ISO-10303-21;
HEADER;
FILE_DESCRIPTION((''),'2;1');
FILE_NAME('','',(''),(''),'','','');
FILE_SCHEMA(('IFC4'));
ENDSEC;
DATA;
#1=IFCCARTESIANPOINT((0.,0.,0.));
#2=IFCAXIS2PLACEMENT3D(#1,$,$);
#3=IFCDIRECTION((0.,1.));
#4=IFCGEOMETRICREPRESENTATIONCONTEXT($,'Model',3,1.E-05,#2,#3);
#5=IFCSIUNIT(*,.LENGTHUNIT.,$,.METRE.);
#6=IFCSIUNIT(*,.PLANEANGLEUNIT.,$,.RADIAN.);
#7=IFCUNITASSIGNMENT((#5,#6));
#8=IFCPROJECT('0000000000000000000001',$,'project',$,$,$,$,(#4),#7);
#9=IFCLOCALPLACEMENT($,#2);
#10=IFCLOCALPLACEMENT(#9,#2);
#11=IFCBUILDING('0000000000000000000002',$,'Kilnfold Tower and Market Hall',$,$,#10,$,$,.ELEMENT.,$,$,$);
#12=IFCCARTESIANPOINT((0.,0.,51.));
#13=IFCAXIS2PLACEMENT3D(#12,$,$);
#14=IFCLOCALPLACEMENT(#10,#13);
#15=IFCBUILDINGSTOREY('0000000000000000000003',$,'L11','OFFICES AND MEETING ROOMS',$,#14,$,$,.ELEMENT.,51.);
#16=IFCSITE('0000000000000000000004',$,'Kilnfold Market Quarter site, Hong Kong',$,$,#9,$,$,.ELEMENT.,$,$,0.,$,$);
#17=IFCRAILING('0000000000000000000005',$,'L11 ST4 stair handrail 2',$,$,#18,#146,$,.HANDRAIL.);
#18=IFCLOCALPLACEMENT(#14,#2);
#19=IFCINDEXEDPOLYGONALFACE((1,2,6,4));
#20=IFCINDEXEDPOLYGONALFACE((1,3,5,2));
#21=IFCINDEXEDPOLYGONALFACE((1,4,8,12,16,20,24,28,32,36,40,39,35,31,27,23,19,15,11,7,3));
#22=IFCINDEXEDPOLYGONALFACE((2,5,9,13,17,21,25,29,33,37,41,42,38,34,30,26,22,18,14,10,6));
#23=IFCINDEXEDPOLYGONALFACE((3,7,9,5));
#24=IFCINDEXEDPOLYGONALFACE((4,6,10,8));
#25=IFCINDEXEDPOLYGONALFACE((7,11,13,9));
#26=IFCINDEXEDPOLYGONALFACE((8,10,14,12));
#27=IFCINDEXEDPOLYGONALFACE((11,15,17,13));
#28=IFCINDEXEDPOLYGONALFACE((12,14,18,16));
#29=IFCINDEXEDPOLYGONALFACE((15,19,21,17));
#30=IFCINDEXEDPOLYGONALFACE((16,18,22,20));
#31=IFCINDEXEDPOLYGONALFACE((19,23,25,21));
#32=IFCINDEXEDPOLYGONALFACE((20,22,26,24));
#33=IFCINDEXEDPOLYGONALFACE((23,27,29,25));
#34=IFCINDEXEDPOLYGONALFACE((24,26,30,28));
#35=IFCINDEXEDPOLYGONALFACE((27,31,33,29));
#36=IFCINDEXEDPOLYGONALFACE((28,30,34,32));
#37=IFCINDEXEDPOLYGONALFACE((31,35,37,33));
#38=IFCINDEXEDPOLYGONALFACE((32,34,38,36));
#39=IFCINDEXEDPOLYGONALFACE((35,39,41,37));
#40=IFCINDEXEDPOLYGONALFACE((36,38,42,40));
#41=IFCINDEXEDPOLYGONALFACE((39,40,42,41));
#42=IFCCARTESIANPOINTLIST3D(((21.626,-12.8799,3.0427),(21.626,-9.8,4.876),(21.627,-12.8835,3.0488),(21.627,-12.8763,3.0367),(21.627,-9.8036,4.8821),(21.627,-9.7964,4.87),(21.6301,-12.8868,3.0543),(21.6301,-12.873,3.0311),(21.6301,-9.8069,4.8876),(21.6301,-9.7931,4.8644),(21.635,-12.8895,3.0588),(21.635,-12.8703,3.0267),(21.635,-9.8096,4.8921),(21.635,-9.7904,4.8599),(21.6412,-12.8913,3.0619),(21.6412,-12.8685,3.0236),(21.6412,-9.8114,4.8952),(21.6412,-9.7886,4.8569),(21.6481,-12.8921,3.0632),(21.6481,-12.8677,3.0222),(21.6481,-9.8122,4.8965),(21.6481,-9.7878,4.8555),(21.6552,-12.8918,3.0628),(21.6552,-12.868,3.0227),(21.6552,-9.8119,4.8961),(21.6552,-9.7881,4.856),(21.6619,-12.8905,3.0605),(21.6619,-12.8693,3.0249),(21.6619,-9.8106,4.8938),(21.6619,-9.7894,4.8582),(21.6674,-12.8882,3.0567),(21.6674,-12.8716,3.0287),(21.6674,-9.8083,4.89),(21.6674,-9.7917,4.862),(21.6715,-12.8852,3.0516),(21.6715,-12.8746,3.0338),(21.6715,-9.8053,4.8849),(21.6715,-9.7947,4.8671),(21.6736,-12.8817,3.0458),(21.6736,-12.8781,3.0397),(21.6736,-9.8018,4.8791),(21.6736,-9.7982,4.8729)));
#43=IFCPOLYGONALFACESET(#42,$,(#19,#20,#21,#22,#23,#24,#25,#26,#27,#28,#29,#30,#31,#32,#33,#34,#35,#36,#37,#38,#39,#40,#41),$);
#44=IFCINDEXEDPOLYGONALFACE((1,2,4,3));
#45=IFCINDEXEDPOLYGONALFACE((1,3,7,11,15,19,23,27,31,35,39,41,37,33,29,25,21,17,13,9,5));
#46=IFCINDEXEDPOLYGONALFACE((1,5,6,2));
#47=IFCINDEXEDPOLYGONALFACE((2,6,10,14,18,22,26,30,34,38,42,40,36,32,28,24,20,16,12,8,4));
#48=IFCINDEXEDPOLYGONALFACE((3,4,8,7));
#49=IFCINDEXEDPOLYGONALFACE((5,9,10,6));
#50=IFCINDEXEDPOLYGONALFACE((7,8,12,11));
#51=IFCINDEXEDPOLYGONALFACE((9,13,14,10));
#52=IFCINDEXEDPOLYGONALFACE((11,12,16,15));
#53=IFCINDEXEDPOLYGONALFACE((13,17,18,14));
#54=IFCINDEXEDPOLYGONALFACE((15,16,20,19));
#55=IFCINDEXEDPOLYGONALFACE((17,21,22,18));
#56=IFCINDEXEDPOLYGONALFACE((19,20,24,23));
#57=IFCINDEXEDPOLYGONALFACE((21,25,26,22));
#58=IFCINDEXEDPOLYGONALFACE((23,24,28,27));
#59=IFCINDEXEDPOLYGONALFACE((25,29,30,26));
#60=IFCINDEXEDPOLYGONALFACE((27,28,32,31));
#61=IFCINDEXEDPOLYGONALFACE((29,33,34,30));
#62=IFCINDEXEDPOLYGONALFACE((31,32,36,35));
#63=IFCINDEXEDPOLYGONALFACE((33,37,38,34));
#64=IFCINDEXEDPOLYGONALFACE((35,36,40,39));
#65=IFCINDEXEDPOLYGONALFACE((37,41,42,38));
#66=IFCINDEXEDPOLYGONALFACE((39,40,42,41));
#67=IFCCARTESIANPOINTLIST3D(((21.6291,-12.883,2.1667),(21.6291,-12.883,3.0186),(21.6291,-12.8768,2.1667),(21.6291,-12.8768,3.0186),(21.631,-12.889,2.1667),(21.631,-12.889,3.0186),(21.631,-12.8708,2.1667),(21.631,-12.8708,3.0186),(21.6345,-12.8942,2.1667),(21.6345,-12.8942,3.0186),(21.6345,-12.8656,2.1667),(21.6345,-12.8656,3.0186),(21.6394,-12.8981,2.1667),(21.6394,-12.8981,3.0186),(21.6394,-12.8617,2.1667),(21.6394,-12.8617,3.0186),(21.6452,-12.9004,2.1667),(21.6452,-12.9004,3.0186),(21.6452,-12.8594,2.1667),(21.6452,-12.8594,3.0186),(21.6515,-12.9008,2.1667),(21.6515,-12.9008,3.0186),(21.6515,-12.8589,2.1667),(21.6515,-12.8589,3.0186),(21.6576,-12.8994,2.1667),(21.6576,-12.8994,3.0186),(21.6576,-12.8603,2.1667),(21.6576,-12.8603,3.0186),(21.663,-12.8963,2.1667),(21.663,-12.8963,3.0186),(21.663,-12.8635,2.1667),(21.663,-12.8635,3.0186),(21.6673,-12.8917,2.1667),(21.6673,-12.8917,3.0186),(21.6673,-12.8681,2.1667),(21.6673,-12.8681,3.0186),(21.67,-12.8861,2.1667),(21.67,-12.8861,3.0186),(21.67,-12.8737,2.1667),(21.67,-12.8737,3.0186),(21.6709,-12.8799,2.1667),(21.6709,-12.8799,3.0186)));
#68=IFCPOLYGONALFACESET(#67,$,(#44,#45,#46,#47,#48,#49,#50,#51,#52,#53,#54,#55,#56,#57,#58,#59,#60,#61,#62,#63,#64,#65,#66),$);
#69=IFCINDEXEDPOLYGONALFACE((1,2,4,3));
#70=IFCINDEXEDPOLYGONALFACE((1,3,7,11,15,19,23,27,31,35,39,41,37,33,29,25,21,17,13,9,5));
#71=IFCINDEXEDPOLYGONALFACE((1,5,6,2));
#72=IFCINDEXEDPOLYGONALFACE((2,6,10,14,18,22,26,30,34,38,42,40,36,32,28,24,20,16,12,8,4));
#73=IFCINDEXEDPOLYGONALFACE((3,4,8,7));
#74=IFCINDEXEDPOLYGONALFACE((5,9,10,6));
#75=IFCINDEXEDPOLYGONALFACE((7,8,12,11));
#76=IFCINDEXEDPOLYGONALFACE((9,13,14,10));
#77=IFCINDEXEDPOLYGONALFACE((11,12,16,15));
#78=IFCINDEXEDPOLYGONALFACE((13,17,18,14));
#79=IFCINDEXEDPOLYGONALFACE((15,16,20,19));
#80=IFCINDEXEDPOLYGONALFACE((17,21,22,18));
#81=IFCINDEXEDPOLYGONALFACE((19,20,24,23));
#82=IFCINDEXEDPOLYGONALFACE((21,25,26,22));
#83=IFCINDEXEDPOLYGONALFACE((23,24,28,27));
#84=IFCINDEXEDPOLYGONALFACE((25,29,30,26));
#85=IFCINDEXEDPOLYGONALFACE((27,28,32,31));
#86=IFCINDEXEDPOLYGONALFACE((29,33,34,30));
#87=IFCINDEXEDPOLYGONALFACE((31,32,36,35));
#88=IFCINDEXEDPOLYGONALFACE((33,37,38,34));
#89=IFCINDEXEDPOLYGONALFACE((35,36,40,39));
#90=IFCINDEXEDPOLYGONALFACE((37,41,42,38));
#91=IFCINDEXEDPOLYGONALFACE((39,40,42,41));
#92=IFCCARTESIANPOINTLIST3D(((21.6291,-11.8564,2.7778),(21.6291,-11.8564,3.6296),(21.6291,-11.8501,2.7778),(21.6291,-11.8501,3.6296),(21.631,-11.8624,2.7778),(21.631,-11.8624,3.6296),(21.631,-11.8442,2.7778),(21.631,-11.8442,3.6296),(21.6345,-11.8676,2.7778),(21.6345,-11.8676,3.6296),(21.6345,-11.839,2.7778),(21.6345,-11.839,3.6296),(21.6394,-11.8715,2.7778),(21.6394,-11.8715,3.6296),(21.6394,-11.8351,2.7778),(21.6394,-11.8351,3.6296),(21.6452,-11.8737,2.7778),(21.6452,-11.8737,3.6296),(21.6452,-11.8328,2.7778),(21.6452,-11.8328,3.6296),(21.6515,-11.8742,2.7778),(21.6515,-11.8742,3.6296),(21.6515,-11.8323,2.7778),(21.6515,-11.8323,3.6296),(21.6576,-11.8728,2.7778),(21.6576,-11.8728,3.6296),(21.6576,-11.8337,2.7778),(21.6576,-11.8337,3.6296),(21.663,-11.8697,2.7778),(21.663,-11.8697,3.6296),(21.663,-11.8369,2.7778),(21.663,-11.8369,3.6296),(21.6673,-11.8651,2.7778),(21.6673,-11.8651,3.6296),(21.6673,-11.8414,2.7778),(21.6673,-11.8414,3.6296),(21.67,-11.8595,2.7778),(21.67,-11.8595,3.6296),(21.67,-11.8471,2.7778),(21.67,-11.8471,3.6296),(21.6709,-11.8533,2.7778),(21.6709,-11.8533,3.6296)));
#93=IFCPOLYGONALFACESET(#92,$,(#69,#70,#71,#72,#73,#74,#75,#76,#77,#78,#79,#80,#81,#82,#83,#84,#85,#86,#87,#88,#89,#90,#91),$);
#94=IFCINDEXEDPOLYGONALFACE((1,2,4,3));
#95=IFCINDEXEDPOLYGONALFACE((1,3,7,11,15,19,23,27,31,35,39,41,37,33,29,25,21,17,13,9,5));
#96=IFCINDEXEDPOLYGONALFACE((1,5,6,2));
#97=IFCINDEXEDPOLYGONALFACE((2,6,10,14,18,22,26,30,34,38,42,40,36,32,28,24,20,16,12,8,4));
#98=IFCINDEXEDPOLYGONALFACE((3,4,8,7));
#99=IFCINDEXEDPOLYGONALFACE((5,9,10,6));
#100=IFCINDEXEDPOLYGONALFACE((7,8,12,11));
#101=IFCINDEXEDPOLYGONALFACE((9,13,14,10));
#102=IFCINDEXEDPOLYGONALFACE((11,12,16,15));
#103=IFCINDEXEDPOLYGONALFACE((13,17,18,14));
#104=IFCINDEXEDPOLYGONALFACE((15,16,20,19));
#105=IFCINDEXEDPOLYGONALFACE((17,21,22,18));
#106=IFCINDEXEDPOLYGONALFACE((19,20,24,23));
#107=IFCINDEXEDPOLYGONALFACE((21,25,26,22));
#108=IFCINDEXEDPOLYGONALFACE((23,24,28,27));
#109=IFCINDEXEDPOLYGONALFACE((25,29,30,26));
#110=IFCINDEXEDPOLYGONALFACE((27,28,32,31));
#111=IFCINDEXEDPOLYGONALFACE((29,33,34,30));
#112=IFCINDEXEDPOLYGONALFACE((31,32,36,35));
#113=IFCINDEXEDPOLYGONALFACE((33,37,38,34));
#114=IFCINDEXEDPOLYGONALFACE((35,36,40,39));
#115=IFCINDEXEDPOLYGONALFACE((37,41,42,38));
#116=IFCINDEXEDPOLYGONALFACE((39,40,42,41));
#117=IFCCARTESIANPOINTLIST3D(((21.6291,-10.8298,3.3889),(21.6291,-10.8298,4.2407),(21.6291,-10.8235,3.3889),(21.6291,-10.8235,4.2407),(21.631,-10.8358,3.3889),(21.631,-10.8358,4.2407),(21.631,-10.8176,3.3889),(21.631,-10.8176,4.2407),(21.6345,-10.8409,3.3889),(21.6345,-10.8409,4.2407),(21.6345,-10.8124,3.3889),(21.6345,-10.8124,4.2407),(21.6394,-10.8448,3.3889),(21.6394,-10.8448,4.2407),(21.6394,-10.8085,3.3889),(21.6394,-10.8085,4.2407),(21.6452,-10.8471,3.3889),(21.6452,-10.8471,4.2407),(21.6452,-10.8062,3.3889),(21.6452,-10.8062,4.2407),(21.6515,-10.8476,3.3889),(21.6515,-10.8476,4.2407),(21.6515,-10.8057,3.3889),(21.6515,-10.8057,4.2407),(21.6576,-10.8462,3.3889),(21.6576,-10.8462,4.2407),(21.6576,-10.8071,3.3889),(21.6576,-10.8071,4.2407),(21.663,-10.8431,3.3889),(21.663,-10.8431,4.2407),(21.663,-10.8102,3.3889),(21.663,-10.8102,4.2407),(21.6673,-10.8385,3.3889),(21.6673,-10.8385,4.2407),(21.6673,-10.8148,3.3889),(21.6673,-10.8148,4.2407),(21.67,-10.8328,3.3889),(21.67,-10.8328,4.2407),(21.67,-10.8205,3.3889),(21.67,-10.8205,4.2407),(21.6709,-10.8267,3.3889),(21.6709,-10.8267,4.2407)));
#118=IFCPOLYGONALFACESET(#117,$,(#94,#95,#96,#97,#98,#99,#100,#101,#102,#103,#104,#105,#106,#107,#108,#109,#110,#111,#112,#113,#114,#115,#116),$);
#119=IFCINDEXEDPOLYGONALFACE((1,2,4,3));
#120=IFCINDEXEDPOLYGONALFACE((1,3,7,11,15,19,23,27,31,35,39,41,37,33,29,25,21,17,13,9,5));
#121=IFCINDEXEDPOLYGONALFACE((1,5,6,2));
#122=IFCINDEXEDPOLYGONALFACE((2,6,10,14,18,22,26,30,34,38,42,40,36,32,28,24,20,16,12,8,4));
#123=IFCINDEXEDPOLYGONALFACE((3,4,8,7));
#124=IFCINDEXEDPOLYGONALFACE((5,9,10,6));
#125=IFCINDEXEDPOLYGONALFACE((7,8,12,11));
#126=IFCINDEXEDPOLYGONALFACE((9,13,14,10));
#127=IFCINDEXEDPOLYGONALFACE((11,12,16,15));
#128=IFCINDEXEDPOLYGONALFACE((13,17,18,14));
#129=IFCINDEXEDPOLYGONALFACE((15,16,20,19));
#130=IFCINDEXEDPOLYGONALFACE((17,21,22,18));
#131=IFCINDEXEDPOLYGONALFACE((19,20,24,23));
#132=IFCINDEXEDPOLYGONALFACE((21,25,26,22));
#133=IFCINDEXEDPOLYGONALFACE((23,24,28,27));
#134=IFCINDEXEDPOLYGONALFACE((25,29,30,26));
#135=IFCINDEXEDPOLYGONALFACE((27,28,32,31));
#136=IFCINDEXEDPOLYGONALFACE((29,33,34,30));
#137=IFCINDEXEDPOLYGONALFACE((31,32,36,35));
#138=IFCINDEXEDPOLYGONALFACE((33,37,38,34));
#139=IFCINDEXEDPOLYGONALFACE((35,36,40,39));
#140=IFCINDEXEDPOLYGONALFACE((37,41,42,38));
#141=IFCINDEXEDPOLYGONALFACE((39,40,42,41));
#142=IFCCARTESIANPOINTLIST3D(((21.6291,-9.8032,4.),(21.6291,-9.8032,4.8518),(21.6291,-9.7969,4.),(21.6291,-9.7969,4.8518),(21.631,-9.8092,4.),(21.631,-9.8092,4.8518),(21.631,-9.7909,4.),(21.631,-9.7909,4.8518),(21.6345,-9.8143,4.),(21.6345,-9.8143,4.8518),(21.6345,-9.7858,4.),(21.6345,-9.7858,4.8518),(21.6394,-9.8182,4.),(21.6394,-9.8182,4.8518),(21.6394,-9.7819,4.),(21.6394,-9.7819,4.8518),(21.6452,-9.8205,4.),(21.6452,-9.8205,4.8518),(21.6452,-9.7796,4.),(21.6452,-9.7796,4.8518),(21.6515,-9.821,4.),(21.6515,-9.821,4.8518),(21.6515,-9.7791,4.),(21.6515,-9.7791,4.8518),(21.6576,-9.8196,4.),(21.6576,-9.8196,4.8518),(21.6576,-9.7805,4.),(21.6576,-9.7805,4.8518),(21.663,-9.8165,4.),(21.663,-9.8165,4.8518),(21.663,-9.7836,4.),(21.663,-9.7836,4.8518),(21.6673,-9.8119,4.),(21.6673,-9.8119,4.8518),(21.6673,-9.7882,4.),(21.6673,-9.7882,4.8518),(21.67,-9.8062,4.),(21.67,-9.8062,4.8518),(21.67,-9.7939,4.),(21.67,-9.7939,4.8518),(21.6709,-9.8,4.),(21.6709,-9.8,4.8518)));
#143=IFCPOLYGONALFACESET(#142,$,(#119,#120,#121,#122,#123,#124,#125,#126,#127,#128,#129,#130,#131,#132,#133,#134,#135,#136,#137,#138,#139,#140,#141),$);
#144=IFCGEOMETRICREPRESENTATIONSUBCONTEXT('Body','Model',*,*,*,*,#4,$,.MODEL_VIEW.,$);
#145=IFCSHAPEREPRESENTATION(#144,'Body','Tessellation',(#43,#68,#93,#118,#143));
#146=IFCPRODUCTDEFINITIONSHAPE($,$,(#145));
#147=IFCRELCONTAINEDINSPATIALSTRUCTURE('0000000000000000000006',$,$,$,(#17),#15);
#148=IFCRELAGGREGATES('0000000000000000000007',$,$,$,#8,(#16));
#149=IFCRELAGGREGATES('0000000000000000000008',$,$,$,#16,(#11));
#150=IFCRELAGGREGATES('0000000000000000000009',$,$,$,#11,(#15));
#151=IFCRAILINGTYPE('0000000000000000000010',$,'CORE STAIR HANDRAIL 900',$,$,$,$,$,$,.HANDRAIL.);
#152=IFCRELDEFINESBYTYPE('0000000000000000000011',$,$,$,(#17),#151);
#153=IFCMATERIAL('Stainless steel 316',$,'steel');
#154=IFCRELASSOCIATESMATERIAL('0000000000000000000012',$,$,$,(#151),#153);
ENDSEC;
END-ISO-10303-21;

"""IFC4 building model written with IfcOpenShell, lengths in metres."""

from ifc_helpers import new_model, si_unit, direction, frame, origin, origin_2d, place, context, subcontext, project, spatial, circle, extrude, material, type_object, element, save


model = new_model("IFC4")

# Units and contexts
model_context = context("Model", 3, precision=1e-05, world=origin(), true_north=direction((0.0, 1.0)))
body_context = subcontext(model_context, "Body", "Model", "MODEL_VIEW")
ifc_project = project(units=[si_unit("LENGTHUNIT", "METRE"), si_unit("PLANEANGLEUNIT", "RADIAN")], contexts=[model_context])

# Site, building, storey
site_placement = place(None, origin())
site = spatial("IfcSite", under=ifc_project, at=site_placement, Name="Kilnfold Market Quarter site, Hong Kong", CompositionType="ELEMENT", RefElevation=0.0)
building_placement = place(site_placement, origin())
building = spatial("IfcBuilding", under=site, at=building_placement, Name="Kilnfold Tower and Market Hall", CompositionType="ELEMENT")
storey_placement = place(building_placement, frame((0.0, 0.0, 51.0)))
storey = spatial("IfcBuildingStorey", under=building, at=storey_placement, Name="L11", Description="OFFICES AND MEETING ROOMS", CompositionType="ELEMENT", Elevation=51.0)

# Railing
ifc_material_1 = material(Name="Stainless steel 316", Category="steel")
railing_type_1 = type_object("IfcRailingType", Name="CORE STAIR HANDRAIL 900", PredefinedType="HANDRAIL", material=ifc_material_1)
railing_1_placement = place(storey_placement, frame((21.6499, -12.8799, 2.1667)))
element("IfcRailing", 1, at=railing_1_placement, inside=storey, type_object=railing_type_1, Name="L11 ST4 stair handrail 2", PredefinedType="HANDRAIL", context=body_context, shape_type="SweptSolid", body=[
    extrude(circle(Radius=0.0239, at=origin_2d()), frame((0.0, 0.0, 0.876), z_axis=(0.0, 0.859291, 0.511487), x_axis=(-1.0, 0.0, 0.0)), (0.0, 0.0, 1.0), 3.5842),
    extrude(circle(Radius=0.021, at=origin_2d()), origin(), (0.0, 0.0, 1.0), 0.8518),
    extrude(circle(Radius=0.021, at=origin_2d()), frame((0.0, 1.0266, 0.6111)), (0.0, 0.0, 1.0), 0.8518),
    extrude(circle(Radius=0.021, at=origin_2d()), frame((0.0, 2.0532, 1.2222)), (0.0, 0.0, 1.0), 0.8518),
    extrude(circle(Radius=0.021, at=origin_2d()), frame((0.0, 3.0798, 1.8333)), (0.0, 0.0, 1.0), 0.8518),
])

save(model, "model.ifc")
